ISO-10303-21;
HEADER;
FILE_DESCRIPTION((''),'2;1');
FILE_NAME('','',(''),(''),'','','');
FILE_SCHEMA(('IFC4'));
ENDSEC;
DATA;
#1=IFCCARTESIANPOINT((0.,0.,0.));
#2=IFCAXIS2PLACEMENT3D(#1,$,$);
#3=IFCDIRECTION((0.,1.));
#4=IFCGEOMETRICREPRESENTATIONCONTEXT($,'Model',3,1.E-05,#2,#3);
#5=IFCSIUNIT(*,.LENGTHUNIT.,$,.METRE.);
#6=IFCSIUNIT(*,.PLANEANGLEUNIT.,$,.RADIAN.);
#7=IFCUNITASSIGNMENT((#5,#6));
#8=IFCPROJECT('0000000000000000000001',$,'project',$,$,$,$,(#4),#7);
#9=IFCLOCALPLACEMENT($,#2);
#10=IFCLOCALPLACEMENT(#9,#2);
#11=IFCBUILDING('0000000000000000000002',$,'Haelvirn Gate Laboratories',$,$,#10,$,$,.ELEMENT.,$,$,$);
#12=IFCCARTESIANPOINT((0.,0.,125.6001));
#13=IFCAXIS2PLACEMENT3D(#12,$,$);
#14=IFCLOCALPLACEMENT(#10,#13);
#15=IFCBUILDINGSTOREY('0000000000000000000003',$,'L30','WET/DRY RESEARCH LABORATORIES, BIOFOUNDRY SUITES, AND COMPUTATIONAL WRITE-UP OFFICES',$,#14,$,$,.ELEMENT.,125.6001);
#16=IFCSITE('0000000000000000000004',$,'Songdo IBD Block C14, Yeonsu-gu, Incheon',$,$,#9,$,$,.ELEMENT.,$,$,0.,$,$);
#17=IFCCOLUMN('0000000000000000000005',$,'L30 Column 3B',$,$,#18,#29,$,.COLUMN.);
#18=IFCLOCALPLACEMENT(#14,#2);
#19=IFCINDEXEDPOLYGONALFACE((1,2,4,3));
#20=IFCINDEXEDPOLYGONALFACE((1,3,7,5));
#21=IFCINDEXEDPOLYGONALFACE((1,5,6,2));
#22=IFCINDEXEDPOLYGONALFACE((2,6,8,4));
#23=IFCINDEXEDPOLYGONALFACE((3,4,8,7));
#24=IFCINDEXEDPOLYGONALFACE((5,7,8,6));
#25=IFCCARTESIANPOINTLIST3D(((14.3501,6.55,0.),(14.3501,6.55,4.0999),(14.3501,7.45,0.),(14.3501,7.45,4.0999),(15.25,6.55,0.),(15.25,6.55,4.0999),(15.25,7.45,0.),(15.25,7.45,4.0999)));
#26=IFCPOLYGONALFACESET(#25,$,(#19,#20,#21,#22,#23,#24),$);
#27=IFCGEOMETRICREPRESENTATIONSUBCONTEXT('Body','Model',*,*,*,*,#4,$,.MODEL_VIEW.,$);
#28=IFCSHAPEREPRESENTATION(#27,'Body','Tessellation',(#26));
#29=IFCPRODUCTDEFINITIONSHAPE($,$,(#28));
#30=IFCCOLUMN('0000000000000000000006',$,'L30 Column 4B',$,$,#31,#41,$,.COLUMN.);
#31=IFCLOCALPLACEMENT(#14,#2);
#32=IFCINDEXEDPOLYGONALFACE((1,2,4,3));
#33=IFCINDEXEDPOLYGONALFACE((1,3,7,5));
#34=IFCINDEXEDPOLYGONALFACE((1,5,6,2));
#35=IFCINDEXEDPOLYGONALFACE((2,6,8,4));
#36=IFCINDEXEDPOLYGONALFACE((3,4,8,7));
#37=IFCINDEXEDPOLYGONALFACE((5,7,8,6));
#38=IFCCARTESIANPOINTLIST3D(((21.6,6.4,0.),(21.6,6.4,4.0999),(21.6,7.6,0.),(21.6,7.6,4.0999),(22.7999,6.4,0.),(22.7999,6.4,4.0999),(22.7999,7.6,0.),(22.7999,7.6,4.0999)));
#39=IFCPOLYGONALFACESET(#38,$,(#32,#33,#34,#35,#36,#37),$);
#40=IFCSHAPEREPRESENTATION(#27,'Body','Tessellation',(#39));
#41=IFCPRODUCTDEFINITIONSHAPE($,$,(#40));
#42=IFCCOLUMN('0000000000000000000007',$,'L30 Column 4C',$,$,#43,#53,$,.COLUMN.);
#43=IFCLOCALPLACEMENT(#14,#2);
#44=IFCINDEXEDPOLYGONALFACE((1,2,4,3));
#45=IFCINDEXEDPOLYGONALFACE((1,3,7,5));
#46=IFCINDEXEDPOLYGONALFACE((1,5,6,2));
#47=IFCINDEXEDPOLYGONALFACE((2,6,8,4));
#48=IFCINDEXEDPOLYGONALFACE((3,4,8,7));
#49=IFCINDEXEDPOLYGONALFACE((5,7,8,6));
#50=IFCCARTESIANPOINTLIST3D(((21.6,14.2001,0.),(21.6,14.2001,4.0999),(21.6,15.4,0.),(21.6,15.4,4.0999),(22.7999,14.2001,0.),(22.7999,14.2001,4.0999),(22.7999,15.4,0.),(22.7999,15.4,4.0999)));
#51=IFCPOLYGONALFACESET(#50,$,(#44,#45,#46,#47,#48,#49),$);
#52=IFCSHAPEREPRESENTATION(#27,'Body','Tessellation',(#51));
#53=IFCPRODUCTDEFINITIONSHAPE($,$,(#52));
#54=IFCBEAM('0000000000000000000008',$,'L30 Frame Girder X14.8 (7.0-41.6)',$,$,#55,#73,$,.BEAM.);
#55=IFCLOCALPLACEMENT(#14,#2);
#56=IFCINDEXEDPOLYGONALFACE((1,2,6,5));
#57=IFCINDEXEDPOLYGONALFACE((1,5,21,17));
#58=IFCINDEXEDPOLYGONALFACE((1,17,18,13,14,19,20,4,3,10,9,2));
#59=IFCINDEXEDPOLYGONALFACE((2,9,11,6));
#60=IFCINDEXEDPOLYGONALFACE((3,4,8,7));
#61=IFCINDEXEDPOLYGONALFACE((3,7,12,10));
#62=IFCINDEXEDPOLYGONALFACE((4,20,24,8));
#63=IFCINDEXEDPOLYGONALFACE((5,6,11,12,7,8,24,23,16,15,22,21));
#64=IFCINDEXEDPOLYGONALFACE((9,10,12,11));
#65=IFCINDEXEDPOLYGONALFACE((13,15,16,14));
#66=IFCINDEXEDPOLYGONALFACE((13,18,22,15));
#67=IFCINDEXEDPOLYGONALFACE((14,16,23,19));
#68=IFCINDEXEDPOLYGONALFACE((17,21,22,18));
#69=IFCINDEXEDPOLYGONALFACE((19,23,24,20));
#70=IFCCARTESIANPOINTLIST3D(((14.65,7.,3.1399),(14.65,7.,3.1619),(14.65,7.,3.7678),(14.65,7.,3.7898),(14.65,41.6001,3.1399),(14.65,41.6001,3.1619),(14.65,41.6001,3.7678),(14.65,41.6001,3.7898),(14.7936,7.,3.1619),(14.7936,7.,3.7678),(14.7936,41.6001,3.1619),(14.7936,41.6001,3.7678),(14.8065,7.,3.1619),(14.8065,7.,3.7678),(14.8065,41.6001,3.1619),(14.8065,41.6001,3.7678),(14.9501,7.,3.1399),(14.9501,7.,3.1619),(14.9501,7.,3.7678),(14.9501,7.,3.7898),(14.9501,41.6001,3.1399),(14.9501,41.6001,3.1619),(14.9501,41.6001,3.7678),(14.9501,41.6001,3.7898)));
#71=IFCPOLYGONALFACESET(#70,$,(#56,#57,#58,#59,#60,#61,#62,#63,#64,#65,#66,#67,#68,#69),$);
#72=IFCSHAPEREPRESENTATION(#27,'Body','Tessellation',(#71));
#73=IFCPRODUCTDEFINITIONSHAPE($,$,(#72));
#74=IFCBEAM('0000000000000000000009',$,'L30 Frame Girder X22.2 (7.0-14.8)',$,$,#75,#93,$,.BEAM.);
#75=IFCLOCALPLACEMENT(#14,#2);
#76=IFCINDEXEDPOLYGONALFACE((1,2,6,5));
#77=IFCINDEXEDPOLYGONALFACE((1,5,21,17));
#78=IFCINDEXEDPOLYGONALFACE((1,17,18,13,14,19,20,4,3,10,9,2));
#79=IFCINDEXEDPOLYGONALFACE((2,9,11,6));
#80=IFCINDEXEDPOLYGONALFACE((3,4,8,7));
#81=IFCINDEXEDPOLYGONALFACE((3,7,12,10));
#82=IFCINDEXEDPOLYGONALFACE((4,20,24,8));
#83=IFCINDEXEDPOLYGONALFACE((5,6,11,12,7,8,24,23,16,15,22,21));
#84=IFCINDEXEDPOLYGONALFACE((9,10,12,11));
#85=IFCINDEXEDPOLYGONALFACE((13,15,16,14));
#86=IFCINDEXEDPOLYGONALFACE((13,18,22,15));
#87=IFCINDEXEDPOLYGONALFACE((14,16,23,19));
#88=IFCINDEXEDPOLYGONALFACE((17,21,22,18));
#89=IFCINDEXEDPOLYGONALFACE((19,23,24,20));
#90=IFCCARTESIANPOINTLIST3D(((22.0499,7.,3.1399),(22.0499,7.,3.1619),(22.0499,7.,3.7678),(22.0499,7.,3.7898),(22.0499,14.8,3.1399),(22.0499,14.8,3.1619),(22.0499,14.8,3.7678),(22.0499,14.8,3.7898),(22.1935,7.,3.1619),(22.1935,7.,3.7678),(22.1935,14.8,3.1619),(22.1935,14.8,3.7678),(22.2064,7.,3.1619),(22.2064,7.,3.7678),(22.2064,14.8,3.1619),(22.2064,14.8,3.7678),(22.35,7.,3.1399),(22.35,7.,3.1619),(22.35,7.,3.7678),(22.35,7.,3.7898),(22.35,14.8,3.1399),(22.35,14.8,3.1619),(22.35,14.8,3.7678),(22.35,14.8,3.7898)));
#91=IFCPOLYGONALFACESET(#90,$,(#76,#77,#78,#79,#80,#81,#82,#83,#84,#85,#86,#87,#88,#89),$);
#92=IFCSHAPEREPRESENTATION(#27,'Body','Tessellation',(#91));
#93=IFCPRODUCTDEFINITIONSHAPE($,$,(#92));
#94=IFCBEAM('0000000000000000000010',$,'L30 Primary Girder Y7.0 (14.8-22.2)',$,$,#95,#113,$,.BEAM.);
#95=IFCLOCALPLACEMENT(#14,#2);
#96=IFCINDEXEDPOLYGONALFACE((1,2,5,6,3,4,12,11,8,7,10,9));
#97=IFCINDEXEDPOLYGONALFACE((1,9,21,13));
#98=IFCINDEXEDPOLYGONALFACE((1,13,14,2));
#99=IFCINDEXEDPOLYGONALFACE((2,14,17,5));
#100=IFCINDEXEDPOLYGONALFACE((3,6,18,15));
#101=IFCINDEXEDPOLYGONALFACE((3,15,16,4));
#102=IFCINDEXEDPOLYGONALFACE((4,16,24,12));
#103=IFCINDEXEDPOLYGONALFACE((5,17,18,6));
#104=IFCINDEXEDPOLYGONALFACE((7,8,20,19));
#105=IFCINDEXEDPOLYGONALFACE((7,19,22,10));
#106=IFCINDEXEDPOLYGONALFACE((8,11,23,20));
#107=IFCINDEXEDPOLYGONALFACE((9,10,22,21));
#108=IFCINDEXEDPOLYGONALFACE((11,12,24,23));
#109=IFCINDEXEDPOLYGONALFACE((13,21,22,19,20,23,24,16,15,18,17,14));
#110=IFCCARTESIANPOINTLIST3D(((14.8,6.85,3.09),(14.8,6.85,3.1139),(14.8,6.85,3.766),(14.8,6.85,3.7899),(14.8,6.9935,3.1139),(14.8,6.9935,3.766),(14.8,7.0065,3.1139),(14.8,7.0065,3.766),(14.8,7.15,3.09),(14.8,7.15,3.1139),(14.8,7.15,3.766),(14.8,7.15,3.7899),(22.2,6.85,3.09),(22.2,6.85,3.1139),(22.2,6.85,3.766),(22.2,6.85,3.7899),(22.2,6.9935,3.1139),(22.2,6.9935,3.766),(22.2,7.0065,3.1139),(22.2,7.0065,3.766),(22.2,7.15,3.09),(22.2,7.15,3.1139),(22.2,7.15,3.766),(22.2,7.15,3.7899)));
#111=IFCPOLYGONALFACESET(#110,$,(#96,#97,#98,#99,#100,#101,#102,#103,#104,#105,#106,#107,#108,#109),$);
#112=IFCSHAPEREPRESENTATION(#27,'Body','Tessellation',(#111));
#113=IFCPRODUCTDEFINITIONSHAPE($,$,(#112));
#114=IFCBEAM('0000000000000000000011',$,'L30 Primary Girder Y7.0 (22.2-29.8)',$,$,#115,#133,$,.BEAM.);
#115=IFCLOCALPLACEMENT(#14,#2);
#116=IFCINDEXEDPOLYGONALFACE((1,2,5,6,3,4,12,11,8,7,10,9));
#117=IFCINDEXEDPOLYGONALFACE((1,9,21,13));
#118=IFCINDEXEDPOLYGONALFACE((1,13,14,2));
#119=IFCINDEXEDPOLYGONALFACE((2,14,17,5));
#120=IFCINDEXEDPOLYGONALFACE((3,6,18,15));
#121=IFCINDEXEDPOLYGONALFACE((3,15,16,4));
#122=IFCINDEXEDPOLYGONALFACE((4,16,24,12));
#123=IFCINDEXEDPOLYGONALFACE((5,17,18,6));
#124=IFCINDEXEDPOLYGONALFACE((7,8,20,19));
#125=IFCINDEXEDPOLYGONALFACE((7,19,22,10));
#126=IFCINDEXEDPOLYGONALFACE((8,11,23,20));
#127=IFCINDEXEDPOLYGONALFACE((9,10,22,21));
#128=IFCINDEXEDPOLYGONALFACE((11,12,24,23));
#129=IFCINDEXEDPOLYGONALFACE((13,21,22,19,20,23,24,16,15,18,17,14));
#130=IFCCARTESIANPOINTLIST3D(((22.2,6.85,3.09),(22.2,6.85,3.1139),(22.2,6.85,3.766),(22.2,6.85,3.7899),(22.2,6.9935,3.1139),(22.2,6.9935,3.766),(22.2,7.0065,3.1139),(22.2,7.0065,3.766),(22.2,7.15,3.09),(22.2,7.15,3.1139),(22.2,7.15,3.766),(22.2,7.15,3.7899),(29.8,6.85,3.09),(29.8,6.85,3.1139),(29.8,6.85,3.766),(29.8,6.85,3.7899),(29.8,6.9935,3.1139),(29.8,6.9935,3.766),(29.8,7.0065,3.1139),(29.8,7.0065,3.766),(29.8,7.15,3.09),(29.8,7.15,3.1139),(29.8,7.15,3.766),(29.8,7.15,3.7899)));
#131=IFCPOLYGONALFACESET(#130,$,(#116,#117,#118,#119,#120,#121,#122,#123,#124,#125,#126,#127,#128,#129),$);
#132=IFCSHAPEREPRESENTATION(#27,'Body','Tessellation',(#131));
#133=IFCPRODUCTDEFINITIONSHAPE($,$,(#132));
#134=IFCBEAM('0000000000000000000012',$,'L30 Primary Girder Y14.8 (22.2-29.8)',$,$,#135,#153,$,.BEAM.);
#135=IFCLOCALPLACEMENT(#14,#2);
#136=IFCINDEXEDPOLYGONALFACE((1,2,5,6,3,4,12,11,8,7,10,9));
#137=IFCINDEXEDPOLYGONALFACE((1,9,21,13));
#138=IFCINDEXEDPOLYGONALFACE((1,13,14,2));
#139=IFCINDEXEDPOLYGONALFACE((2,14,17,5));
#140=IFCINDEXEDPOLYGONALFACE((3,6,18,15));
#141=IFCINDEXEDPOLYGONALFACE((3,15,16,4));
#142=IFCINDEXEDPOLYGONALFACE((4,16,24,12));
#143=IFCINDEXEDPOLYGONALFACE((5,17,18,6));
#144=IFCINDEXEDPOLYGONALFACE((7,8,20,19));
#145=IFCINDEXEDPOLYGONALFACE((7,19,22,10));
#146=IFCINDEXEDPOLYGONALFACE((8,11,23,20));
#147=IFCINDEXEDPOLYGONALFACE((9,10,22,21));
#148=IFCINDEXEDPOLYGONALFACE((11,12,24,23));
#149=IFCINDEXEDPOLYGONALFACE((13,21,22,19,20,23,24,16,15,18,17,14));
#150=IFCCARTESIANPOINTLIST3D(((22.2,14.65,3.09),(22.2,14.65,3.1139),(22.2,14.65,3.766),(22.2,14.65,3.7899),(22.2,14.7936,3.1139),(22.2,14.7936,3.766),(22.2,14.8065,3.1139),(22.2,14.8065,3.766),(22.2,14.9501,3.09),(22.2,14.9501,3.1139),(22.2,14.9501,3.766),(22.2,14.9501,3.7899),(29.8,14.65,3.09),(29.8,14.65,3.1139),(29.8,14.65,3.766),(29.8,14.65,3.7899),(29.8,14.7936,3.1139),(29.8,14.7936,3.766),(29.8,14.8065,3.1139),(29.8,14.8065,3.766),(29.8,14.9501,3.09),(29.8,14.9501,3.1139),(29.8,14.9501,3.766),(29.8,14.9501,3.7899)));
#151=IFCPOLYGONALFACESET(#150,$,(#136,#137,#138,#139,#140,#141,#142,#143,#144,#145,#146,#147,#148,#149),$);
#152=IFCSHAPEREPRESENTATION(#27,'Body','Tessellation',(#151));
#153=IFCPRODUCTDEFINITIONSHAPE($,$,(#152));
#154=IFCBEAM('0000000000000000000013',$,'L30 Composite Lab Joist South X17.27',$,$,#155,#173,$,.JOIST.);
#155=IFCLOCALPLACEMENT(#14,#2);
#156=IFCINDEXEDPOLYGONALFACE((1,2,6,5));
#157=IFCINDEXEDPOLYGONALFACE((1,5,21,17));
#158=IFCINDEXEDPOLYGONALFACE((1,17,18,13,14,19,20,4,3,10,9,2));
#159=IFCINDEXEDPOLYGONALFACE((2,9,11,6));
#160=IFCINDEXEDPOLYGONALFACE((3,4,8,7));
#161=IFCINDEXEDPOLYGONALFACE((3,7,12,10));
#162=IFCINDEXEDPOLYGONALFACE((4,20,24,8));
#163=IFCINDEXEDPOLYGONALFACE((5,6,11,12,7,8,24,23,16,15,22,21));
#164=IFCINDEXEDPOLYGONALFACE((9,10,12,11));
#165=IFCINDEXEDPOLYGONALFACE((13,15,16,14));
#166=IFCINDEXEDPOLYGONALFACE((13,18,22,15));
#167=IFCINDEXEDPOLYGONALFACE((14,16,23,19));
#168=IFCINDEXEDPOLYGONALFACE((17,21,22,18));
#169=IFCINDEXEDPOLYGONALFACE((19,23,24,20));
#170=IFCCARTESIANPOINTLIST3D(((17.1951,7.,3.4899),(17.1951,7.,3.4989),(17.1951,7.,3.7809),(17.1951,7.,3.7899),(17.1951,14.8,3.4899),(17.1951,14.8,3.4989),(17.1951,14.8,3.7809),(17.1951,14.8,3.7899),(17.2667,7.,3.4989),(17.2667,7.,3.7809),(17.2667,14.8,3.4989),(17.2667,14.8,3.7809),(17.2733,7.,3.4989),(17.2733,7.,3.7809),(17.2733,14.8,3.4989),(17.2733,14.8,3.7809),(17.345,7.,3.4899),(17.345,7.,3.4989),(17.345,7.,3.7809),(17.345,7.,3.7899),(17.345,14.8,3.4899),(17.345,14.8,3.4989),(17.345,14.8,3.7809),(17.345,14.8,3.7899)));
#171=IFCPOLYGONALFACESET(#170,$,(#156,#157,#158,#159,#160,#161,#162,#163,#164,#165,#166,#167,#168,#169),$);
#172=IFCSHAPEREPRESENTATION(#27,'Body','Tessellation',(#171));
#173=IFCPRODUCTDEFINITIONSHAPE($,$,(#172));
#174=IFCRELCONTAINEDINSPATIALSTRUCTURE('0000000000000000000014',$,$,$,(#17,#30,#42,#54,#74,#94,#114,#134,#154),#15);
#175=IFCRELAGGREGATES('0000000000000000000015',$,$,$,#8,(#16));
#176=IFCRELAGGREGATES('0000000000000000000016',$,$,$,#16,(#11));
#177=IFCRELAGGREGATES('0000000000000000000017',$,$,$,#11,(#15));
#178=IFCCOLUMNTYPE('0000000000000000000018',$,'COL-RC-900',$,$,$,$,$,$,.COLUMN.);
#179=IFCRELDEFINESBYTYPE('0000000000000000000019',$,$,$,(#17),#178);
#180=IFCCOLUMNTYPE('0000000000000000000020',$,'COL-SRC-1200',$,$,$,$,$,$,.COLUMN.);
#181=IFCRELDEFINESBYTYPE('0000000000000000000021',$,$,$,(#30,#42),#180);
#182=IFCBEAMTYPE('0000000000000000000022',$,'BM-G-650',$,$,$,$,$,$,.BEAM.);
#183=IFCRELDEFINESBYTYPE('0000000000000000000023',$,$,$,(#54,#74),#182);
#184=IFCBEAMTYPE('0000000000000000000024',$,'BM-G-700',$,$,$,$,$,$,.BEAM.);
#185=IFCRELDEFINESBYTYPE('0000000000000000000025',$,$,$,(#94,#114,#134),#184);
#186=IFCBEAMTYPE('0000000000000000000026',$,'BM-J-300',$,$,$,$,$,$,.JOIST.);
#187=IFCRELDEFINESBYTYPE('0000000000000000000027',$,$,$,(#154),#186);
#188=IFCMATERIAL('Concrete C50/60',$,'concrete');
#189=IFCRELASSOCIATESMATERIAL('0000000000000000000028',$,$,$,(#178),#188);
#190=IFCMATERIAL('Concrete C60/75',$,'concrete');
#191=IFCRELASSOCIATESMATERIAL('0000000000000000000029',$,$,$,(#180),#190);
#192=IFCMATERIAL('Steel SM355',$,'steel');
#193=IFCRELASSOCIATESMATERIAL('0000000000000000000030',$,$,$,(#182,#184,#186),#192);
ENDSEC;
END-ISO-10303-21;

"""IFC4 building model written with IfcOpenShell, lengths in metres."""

from ifc_helpers import new_model, si_unit, direction, frame, origin, origin_2d, place, context, subcontext, project, spatial, rectangle, i_section, extrude, source, transform, mapped, material, material_profile, profile_set, type_object, type_shapes, element, save


model = new_model("IFC4")

# Units and contexts
model_context = context("Model", 3, precision=1e-05, world=origin(), true_north=direction((0.0, 1.0)))
body_context = subcontext(model_context, "Body", "Model", "MODEL_VIEW")
ifc_project = project(units=[si_unit("LENGTHUNIT", "METRE"), si_unit("PLANEANGLEUNIT", "RADIAN")], contexts=[model_context])

# Site, building, storey
site_placement = place(None, origin())
site = spatial("IfcSite", under=ifc_project, at=site_placement, Name="Songdo IBD Block C14, Yeonsu-gu, Incheon", CompositionType="ELEMENT", RefElevation=0.0)
building_placement = place(site_placement, origin())
building = spatial("IfcBuilding", under=site, at=building_placement, Name="Haelvirn Gate Laboratories", CompositionType="ELEMENT")
storey_placement = place(building_placement, frame((0.0, 0.0, 125.6001)))
storey = spatial("IfcBuildingStorey", under=building, at=storey_placement, Name="L30", Description="WET/DRY RESEARCH LABORATORIES, BIOFOUNDRY SUITES, AND COMPUTATIONAL WRITE-UP OFFICES", CompositionType="ELEMENT", Elevation=125.6001)

# Columns
ifc_material_1 = material(Name="Concrete C50/60", Category="concrete")
ifc_material_profile_1 = material_profile(ifc_material_1, rectangle(XDim=0.8999, YDim=0.8999, at=origin_2d()), Name="RC-900x900")
ifc_profile_set_1 = profile_set([ifc_material_profile_1], Name="Concrete C50/60")
column_type_1 = type_object("IfcColumnType", Name="COL-RC-900", PredefinedType="COLUMN", material=ifc_profile_set_1)
shared_shape_1 = source(origin(), body_context, "Body", "SweptSolid", [
    extrude(rectangle(XDim=0.8999, YDim=0.8999, at=origin_2d()), origin(), (0.0, 0.0, 1.0), 4.0999),
])
type_shapes(column_type_1, [shared_shape_1])
column_placement = place(storey_placement, frame((14.8, 7.0, 0.0), z_axis=(0.0, 0.0, 1.0), x_axis=(1.0, 0.0, 0.0)))
element("IfcColumn", 1, at=column_placement, inside=storey, type_object=column_type_1, Name="L30 Column 3B", PredefinedType="COLUMN", context=body_context, shape_type="MappedRepresentation", body=[
    mapped(shared_shape_1, transform((0.0, 0.0, 0.0), scale=1.0)),
])
ifc_material_2 = material(Name="Concrete C60/75", Category="concrete")
ifc_material_profile_2 = material_profile(ifc_material_2, rectangle(XDim=1.2, YDim=1.2, at=origin_2d()), Name="SRC-1200x1200")
ifc_profile_set_2 = profile_set([ifc_material_profile_2], Name="Concrete C60/75")
column_type_2 = type_object("IfcColumnType", Name="COL-SRC-1200", PredefinedType="COLUMN", material=ifc_profile_set_2)
shared_shape_2 = source(origin(), body_context, "Body", "SweptSolid", [
    extrude(rectangle(XDim=1.2, YDim=1.2, at=origin_2d()), origin(), (0.0, 0.0, 1.0), 4.0999),
])
type_shapes(column_type_2, [shared_shape_2])
for number, where, z_axis, x_axis, name in (
    (2, (22.2, 7.0, 0.0), (0.0, 0.0, 1.0), (1.0, 0.0, 0.0), "L30 Column 4B"),
    (3, (22.2, 14.8, 0.0), (0.0, 0.0, 1.0), (1.0, 0.0, 0.0), "L30 Column 4C"),
):
    element("IfcColumn", number, at=place(storey_placement, frame(where, z_axis=z_axis, x_axis=x_axis)), inside=storey, type_object=column_type_2, Name=name, PredefinedType="COLUMN", context=body_context, shape_type="MappedRepresentation", body=[
        mapped(shared_shape_2, transform((0.0, 0.0, 0.0), scale=1.0)),
    ])

# Beams
ifc_material_3 = material(Name="Steel SM355", Category="steel")
ifc_material_profile_3 = material_profile(ifc_material_3, i_section(OverallWidth=0.3, OverallDepth=0.6499, WebThickness=0.0129, FlangeThickness=0.022, at=origin_2d()), Name="H-650x300x13x22")
ifc_profile_set_3 = profile_set([ifc_material_profile_3], Name="Steel SM355")
beam_type_1 = type_object("IfcBeamType", Name="BM-G-650", PredefinedType="BEAM", material=ifc_profile_set_3)
shared_shape_3 = source(origin(), body_context, "Body", "SweptSolid", [
    extrude(i_section(OverallWidth=0.3, OverallDepth=0.6499, WebThickness=0.0129, FlangeThickness=0.022, at=origin_2d()), origin(), (0.0, 0.0, 1.0), 34.6001),
])
beam_1_placement = place(storey_placement, frame((14.8, 7.0, 3.4648), z_axis=(0.0, 1.0, 0.0), x_axis=(-1.0, 0.0, 0.0)))
element("IfcBeam", 4, at=beam_1_placement, inside=storey, type_object=beam_type_1, Name="L30 Frame Girder X14.8 (7.0-41.6)", PredefinedType="BEAM", context=body_context, shape_type="MappedRepresentation", body=[
    mapped(shared_shape_3, transform((0.0, 0.0, 0.0), scale=1.0)),
])
shared_shape_4 = source(origin(), body_context, "Body", "SweptSolid", [
    extrude(i_section(OverallWidth=0.3, OverallDepth=0.6499, WebThickness=0.0129, FlangeThickness=0.022, at=origin_2d()), origin(), (0.0, 0.0, 1.0), 7.8),
])
type_shapes(beam_type_1, [shared_shape_3, shared_shape_4])
beam_2_placement = place(storey_placement, frame((22.2, 7.0, 3.4648), z_axis=(0.0, 1.0, 0.0), x_axis=(-1.0, 0.0, 0.0)))
element("IfcBeam", 5, at=beam_2_placement, inside=storey, type_object=beam_type_1, Name="L30 Frame Girder X22.2 (7.0-14.8)", PredefinedType="BEAM", context=body_context, shape_type="MappedRepresentation", body=[
    mapped(shared_shape_4, transform((0.0, 0.0, 0.0), scale=1.0)),
])
ifc_material_profile_4 = material_profile(ifc_material_3, i_section(OverallWidth=0.3, OverallDepth=0.7, WebThickness=0.0129, FlangeThickness=0.0239, at=origin_2d()), Name="H-700x300x13x24")
ifc_profile_set_4 = profile_set([ifc_material_profile_4], Name="Steel SM355")
beam_type_2 = type_object("IfcBeamType", Name="BM-G-700", PredefinedType="BEAM", material=ifc_profile_set_4)
shared_shape_5 = source(origin(), body_context, "Body", "SweptSolid", [
    extrude(i_section(OverallWidth=0.3, OverallDepth=0.7, WebThickness=0.0129, FlangeThickness=0.0239, at=origin_2d()), origin(), (0.0, 0.0, 1.0), 7.3999),
])
beam_3_placement = place(storey_placement, frame((14.8, 7.0, 3.4399), z_axis=(1.0, 0.0, 0.0), x_axis=(0.0, 1.0, 0.0)))
element("IfcBeam", 6, at=beam_3_placement, inside=storey, type_object=beam_type_2, Name="L30 Primary Girder Y7.0 (14.8-22.2)", PredefinedType="BEAM", context=body_context, shape_type="MappedRepresentation", body=[
    mapped(shared_shape_5, transform((0.0, 0.0, 0.0), scale=1.0)),
])
shared_shape_6 = source(origin(), body_context, "Body", "SweptSolid", [
    extrude(i_section(OverallWidth=0.3, OverallDepth=0.7, WebThickness=0.0129, FlangeThickness=0.0239, at=origin_2d()), origin(), (0.0, 0.0, 1.0), 7.6001),
])
type_shapes(beam_type_2, [shared_shape_5, shared_shape_6])
for number, where, z_axis, x_axis, name in (
    (7, (22.2, 7.0, 3.4399), (1.0, 0.0, 0.0), (0.0, 1.0, 0.0), "L30 Primary Girder Y7.0 (22.2-29.8)"),
    (8, (22.2, 14.8, 3.4399), (1.0, 0.0, 0.0), (0.0, 1.0, 0.0), "L30 Primary Girder Y14.8 (22.2-29.8)"),
):
    element("IfcBeam", number, at=place(storey_placement, frame(where, z_axis=z_axis, x_axis=x_axis)), inside=storey, type_object=beam_type_2, Name=name, PredefinedType="BEAM", context=body_context, shape_type="MappedRepresentation", body=[
        mapped(shared_shape_6, transform((0.0, 0.0, 0.0), scale=1.0)),
    ])
ifc_material_profile_5 = material_profile(ifc_material_3, i_section(OverallWidth=0.1499, OverallDepth=0.3, WebThickness=0.0066, FlangeThickness=0.009, at=origin_2d()), Name="H-300x150x6.5x9")
ifc_profile_set_5 = profile_set([ifc_material_profile_5], Name="Steel SM355")
beam_type_3 = type_object("IfcBeamType", Name="BM-J-300", PredefinedType="JOIST", material=ifc_profile_set_5)
shared_shape_7 = source(origin(), body_context, "Body", "SweptSolid", [
    extrude(i_section(OverallWidth=0.1499, OverallDepth=0.3, WebThickness=0.0066, FlangeThickness=0.009, at=origin_2d()), origin(), (0.0, 0.0, 1.0), 7.8),
])
type_shapes(beam_type_3, [shared_shape_7])
for number, where, z_axis, x_axis, name in (
    (9, (17.27, 7.0, 3.6399), (0.0, 1.0, 0.0), (-1.0, 0.0, 0.0), "L30 Composite Lab Joist South X17.27"),
):
    element("IfcBeam", number, at=place(storey_placement, frame(where, z_axis=z_axis, x_axis=x_axis)), inside=storey, type_object=beam_type_3, Name=name, PredefinedType="JOIST", context=body_context, shape_type="MappedRepresentation", body=[
        mapped(shared_shape_7, transform((0.0, 0.0, 0.0), scale=1.0)),
    ])

save(model, "model.ifc")
